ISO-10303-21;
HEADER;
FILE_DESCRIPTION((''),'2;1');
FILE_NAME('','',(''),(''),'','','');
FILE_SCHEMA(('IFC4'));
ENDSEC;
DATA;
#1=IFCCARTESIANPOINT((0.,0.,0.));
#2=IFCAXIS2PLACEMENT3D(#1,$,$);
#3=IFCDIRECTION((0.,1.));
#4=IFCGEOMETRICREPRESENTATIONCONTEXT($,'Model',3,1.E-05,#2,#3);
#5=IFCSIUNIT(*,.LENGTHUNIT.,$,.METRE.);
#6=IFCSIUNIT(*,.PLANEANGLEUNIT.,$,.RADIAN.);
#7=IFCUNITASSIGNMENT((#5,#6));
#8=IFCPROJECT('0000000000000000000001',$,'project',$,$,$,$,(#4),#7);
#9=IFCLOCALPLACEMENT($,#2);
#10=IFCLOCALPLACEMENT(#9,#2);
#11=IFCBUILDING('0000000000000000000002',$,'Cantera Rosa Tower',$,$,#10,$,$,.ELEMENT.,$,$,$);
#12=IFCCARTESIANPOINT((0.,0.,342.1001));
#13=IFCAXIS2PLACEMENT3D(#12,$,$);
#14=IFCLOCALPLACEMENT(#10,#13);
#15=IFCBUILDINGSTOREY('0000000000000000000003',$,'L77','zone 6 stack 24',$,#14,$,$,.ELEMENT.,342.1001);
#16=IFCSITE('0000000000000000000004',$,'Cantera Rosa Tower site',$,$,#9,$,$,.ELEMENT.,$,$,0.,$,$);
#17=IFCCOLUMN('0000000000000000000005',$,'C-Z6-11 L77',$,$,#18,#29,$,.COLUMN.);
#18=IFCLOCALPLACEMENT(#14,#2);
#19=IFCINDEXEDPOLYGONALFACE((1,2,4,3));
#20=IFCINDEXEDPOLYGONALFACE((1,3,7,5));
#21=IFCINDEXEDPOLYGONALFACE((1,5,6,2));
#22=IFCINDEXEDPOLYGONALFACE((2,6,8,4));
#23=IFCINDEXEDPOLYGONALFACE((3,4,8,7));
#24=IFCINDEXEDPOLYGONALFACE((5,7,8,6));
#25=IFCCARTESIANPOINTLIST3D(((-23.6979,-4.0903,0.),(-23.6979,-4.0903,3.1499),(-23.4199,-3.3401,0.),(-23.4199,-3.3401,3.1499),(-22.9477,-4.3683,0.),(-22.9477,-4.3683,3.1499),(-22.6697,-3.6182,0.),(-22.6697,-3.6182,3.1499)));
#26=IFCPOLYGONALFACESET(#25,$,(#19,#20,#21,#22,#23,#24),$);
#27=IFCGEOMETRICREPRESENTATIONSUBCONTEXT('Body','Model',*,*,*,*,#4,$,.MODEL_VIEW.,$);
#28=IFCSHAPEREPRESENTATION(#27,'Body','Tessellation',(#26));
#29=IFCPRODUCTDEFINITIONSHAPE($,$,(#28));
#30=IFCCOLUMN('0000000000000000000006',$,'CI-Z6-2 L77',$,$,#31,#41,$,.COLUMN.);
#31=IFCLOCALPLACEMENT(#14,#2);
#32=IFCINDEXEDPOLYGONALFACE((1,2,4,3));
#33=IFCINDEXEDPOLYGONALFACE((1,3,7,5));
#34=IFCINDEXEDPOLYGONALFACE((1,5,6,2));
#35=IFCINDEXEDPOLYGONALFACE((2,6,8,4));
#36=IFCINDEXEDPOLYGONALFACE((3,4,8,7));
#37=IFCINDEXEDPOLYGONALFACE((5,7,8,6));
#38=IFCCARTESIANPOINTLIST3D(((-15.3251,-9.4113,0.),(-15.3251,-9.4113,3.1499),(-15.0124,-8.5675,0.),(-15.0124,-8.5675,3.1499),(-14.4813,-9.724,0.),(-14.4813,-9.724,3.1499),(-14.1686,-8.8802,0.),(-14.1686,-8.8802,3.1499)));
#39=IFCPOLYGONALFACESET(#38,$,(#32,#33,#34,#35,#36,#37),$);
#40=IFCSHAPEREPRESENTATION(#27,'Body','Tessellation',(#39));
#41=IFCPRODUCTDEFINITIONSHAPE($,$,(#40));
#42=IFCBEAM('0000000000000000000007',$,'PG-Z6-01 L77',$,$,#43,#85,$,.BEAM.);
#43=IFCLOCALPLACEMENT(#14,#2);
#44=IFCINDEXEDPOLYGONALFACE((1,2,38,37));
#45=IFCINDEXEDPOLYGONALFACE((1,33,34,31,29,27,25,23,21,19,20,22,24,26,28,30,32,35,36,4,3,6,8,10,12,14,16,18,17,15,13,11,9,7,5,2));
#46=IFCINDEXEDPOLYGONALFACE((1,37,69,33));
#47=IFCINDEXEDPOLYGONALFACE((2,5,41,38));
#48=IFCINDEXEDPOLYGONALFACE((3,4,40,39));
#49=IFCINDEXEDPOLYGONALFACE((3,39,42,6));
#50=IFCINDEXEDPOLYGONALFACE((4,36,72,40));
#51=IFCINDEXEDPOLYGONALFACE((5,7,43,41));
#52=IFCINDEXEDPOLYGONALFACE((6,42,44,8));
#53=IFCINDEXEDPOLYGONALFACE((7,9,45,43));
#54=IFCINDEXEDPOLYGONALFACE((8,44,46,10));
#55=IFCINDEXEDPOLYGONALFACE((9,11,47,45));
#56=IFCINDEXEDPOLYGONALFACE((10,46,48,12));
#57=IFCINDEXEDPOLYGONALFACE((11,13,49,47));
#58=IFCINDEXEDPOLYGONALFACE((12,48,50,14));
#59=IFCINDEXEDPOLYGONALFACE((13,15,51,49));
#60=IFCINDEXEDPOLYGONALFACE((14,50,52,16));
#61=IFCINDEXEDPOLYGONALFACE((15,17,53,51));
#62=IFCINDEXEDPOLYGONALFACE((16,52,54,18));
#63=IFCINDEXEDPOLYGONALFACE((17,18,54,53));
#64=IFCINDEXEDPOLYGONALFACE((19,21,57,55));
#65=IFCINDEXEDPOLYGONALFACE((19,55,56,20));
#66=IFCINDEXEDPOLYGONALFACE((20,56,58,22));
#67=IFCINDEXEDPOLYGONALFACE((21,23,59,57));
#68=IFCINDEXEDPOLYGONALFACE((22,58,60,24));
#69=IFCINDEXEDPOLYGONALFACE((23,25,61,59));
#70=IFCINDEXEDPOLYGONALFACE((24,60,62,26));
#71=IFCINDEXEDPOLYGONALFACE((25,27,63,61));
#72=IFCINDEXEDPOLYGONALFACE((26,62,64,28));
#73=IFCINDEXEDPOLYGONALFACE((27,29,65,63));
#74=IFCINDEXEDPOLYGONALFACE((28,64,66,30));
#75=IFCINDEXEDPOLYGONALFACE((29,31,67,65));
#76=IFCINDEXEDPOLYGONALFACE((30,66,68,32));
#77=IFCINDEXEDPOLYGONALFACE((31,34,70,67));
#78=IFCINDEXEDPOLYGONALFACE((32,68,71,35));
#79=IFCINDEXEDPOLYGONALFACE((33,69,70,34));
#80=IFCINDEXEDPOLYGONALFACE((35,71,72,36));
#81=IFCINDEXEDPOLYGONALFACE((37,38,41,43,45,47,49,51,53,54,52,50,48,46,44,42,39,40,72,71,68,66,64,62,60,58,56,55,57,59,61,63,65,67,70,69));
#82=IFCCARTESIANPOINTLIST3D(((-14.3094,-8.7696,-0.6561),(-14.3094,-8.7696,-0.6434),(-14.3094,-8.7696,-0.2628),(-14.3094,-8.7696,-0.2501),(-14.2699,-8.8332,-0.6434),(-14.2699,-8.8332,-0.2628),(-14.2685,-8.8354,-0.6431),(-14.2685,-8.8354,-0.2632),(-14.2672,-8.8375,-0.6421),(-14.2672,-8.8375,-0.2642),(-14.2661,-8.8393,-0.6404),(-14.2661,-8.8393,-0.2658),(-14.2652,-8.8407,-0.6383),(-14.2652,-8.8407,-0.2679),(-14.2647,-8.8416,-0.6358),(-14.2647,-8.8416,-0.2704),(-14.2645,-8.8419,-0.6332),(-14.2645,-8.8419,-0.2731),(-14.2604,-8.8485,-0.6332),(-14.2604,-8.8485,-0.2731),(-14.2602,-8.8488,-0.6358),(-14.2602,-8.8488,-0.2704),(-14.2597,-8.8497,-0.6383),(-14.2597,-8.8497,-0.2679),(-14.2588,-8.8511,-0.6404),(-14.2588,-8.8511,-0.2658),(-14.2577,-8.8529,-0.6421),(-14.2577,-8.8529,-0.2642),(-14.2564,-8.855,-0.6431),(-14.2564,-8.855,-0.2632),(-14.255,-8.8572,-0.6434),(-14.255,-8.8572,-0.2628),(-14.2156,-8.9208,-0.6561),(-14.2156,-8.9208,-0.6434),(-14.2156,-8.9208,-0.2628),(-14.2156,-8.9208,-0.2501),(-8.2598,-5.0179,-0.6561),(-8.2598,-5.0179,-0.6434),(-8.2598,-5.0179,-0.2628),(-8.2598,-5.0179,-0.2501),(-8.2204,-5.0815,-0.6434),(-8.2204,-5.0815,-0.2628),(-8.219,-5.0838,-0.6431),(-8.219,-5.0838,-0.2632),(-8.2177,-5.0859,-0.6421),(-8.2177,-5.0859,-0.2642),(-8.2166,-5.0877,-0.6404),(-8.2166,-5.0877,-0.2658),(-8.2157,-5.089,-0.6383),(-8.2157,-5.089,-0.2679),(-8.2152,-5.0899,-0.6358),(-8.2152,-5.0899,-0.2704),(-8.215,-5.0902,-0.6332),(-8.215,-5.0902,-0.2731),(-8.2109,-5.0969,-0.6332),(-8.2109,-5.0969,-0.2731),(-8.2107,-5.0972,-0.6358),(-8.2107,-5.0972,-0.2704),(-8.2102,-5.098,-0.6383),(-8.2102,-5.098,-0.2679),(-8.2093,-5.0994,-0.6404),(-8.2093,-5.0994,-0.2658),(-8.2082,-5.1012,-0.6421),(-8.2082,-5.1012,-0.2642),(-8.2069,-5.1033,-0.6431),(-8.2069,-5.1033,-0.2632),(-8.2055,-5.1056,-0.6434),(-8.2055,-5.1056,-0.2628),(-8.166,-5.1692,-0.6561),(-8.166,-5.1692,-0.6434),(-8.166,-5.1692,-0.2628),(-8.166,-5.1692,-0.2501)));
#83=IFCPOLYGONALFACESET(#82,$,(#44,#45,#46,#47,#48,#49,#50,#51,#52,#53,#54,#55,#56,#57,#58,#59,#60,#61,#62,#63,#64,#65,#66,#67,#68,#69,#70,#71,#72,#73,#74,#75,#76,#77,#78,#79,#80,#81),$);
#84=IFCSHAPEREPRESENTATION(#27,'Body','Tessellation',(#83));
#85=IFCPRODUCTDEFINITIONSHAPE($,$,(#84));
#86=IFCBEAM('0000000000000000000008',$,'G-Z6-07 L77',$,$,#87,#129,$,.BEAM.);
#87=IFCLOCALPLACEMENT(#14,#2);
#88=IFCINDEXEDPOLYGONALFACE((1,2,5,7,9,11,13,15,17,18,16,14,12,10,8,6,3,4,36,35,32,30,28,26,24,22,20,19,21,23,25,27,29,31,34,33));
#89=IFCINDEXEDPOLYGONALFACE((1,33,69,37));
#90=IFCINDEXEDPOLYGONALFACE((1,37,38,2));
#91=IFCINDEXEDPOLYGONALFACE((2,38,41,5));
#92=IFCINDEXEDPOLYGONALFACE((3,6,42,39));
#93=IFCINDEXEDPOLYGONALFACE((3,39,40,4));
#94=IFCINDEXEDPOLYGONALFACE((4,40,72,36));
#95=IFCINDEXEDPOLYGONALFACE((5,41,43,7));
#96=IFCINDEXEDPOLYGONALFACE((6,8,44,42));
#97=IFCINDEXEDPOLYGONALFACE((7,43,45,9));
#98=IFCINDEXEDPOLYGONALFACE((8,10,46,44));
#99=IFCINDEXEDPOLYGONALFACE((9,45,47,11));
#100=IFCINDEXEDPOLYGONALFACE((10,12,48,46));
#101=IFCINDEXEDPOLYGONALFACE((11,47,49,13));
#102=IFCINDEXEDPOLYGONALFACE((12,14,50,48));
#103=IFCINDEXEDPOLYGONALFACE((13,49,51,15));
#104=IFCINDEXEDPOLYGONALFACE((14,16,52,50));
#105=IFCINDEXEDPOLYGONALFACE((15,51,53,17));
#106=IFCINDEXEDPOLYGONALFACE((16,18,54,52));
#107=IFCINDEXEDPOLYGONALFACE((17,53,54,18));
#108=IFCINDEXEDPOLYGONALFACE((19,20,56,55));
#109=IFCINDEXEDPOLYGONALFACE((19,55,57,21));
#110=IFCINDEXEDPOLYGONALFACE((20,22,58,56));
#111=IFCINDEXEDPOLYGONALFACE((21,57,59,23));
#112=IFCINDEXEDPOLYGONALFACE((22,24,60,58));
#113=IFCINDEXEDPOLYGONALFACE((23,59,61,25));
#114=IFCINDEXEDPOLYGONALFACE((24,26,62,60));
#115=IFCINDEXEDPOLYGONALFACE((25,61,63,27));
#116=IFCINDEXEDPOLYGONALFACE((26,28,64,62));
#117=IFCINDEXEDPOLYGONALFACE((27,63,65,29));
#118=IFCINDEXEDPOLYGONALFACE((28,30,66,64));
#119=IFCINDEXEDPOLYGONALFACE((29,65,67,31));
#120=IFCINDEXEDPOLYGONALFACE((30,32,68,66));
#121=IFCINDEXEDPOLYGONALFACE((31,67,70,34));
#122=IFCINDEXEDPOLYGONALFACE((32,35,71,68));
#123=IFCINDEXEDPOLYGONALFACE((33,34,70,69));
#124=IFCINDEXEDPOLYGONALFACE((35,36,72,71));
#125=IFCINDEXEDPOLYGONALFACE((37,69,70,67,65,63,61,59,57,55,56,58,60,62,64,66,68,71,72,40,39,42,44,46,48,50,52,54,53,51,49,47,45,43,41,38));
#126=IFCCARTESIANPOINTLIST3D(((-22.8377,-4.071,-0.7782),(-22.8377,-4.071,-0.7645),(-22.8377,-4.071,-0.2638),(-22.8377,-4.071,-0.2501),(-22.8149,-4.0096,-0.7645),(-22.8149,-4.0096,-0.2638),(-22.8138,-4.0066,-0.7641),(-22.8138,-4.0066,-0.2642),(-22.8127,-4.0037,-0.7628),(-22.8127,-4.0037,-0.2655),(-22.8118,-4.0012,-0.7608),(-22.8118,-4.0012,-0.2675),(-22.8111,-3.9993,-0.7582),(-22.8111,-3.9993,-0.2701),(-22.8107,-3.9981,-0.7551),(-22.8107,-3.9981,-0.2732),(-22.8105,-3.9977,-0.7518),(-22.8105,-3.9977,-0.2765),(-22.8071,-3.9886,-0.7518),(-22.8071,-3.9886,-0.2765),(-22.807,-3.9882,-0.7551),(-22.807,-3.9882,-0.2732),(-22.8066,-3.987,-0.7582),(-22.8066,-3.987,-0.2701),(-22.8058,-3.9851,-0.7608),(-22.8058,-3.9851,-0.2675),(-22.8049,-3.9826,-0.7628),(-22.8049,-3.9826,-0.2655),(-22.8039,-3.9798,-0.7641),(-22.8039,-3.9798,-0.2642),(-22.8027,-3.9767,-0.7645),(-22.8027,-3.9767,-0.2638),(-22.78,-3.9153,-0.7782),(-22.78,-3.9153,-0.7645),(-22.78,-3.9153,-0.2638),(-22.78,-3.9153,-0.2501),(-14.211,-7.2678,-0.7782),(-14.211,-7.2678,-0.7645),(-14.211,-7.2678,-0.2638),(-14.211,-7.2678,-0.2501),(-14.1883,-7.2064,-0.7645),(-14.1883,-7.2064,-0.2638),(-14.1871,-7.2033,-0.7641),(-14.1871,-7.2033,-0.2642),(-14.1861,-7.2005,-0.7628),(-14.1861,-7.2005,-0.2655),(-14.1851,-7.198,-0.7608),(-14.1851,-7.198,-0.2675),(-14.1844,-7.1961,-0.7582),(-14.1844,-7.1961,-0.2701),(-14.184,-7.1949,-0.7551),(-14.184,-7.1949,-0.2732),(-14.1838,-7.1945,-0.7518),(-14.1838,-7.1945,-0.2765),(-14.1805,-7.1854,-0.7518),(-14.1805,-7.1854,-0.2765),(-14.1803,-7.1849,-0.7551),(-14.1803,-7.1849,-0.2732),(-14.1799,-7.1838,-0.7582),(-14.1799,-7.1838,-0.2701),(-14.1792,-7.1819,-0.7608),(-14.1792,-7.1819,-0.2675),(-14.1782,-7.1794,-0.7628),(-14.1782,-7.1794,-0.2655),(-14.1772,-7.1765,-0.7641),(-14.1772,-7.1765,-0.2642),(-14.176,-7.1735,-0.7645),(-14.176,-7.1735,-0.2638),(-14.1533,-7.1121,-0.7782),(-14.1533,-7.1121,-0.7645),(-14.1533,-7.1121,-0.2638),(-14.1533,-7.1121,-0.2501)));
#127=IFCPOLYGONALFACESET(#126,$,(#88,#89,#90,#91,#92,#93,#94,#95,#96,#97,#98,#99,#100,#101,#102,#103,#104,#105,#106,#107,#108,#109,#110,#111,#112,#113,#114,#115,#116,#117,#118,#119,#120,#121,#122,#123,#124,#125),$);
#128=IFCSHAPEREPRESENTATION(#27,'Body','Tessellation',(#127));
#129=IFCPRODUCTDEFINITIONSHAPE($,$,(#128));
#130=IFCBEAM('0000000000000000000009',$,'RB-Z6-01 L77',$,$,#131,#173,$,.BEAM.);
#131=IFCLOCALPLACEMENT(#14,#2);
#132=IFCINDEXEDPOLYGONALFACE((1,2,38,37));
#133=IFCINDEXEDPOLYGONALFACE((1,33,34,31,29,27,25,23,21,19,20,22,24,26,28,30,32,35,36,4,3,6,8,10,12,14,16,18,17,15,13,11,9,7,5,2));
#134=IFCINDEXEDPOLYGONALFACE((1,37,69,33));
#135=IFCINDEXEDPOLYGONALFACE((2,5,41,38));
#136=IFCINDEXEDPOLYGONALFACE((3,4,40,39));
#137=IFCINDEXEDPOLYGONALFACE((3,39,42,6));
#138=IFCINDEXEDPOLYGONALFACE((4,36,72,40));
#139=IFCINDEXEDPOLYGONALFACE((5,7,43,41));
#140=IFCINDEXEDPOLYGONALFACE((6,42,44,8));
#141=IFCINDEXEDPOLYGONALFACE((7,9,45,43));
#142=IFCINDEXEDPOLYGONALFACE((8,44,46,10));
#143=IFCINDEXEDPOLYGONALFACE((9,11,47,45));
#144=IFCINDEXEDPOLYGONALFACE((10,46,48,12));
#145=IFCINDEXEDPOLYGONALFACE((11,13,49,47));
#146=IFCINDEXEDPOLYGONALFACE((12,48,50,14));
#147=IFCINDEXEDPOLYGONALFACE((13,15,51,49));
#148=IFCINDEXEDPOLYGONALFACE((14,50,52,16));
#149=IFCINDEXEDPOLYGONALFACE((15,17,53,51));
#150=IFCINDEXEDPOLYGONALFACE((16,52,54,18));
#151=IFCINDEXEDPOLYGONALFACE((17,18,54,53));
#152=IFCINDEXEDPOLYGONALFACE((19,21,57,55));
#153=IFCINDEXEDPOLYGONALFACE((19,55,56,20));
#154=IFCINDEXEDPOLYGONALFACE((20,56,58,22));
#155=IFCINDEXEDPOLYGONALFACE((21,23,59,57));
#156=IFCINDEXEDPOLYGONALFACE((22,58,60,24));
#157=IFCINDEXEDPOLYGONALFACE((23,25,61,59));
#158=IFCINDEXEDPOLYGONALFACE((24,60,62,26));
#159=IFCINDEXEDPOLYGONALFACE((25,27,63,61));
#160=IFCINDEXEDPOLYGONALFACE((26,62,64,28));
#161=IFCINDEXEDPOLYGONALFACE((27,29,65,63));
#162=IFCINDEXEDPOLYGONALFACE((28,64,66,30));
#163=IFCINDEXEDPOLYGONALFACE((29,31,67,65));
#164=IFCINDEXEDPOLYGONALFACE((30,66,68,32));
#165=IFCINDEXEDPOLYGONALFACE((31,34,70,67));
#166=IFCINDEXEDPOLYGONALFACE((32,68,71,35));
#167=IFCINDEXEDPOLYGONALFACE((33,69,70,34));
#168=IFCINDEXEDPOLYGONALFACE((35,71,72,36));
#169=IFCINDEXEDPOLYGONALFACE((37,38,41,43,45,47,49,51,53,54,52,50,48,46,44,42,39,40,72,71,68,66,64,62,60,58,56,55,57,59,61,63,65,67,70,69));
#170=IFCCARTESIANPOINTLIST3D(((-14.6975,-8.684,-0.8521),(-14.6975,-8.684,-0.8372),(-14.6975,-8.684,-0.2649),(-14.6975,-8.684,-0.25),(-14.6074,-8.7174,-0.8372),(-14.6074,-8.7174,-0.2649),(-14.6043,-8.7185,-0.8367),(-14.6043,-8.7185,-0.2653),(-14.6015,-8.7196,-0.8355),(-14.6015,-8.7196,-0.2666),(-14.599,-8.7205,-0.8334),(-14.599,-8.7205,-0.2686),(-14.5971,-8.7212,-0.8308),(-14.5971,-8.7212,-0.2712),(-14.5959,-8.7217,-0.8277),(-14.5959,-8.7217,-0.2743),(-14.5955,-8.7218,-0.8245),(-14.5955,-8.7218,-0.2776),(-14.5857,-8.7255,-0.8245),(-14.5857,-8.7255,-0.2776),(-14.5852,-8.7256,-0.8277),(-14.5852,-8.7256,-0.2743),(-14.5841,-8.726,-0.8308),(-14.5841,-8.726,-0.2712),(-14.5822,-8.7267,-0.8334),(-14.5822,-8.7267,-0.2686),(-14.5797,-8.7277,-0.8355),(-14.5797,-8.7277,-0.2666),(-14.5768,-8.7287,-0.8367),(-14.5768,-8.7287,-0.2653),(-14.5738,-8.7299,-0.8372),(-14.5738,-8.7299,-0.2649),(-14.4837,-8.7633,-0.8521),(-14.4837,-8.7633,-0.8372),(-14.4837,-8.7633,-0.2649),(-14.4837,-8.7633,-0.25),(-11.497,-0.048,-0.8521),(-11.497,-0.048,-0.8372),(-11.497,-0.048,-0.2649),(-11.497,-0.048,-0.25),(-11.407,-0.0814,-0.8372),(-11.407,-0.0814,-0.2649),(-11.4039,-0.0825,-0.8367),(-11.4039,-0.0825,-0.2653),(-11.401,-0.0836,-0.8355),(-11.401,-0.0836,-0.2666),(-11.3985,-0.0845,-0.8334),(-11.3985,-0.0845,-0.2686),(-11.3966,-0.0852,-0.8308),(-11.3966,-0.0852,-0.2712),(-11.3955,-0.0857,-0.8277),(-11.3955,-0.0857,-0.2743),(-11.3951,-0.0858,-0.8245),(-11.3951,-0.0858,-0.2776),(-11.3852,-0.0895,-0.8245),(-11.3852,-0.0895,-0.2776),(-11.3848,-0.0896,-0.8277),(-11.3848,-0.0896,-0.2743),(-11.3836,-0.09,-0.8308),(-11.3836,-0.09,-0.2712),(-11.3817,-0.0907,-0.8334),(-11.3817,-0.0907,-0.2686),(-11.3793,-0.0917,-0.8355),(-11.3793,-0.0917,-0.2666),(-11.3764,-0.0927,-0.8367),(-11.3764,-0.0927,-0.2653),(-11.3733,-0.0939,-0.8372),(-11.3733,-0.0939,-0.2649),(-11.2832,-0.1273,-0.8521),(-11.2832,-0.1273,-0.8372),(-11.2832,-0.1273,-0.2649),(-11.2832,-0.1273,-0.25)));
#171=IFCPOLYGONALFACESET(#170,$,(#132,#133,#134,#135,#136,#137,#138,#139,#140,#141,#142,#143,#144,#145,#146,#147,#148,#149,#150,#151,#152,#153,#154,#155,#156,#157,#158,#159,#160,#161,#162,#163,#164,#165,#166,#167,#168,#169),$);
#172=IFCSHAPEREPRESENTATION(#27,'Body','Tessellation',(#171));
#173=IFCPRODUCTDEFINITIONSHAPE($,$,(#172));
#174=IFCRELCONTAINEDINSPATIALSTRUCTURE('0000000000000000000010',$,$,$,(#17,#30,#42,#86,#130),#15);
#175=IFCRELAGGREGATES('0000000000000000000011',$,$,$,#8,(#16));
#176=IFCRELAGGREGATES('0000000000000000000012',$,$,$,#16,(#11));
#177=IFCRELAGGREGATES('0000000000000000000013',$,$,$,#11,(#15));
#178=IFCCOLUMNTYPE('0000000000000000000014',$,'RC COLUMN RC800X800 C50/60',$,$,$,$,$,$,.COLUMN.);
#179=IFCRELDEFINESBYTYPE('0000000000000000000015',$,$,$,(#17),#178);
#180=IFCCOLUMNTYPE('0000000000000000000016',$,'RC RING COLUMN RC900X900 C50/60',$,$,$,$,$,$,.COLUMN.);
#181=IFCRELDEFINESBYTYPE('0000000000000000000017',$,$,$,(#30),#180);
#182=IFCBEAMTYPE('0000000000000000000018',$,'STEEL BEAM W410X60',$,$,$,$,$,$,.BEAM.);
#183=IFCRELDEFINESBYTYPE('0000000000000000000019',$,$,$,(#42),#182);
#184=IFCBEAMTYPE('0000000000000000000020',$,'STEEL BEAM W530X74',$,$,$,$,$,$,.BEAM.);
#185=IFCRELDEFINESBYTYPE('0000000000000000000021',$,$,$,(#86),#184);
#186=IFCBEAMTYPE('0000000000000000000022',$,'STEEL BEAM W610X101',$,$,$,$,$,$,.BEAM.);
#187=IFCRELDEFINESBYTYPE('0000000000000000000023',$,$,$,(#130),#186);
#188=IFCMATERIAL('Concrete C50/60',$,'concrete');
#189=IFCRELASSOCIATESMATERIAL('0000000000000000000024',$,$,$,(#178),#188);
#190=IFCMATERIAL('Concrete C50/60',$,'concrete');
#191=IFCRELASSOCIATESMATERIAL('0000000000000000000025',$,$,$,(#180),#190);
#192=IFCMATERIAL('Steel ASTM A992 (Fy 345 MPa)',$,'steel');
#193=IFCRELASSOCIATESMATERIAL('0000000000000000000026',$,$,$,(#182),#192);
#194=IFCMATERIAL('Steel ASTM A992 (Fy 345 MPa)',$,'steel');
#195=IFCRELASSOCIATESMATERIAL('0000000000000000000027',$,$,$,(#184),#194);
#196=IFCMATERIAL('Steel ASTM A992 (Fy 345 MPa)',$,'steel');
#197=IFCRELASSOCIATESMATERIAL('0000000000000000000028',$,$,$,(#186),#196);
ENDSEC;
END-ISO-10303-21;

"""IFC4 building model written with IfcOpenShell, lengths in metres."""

from ifc_helpers import new_model, si_unit, direction, frame, origin, origin_2d, place, context, subcontext, project, spatial, rectangle, i_section, extrude, material, material_profile, profile_set, type_object, element, save


model = new_model("IFC4")

# Units and contexts
model_context = context("Model", 3, precision=1e-05, world=origin(), true_north=direction((0.0, 1.0)))
body_context = subcontext(model_context, "Body", "Model", "MODEL_VIEW")
ifc_project = project(units=[si_unit("LENGTHUNIT", "METRE"), si_unit("PLANEANGLEUNIT", "RADIAN")], contexts=[model_context])

# Site, building, storey
site_placement = place(None, origin())
site = spatial("IfcSite", under=ifc_project, at=site_placement, Name="Cantera Rosa Tower site", CompositionType="ELEMENT", RefElevation=0.0)
building_placement = place(site_placement, origin())
building = spatial("IfcBuilding", under=site, at=building_placement, Name="Cantera Rosa Tower", CompositionType="ELEMENT")
storey_placement = place(building_placement, frame((0.0, 0.0, 342.1001)))
storey = spatial("IfcBuildingStorey", under=building, at=storey_placement, Name="L77", Description="zone 6 stack 24", CompositionType="ELEMENT", Elevation=342.1001)

# Columns
ifc_material_1 = material(Name="Concrete C50/60", Category="concrete")
ifc_material_profile_1 = material_profile(ifc_material_1, rectangle(XDim=0.8, YDim=0.8, at=origin_2d()), Name="RC COLUMN RC800X800 C50/60")
ifc_profile_set_1 = profile_set([ifc_material_profile_1], Name="Concrete C50/60")
column_type_1 = type_object("IfcColumnType", Name="RC COLUMN RC800X800 C50/60", PredefinedType="COLUMN", material=ifc_profile_set_1)
column_1_placement = place(storey_placement, frame((-23.1838, -3.8542, 0.0), z_axis=(0.0, 0.0, 1.0), x_axis=(0.347481, 0.937687, 0.0)))
element("IfcColumn", 1, at=column_1_placement, inside=storey, type_object=column_type_1, Name="C-Z6-11 L77", PredefinedType="COLUMN", context=body_context, shape_type="SweptSolid", body=[
    extrude(rectangle(XDim=0.8, YDim=0.8, at=origin_2d()), origin(), (0.0, 0.0, 1.0), 3.1499),
])
ifc_material_2 = material(Name="Concrete C50/60", Category="concrete")
ifc_material_profile_2 = material_profile(ifc_material_2, rectangle(XDim=0.8999, YDim=0.8999, at=origin_2d()), Name="RC RING COLUMN RC900X900 C50/60")
ifc_profile_set_2 = profile_set([ifc_material_profile_2], Name="Concrete C50/60")
column_type_2 = type_object("IfcColumnType", Name="RC RING COLUMN RC900X900 C50/60", PredefinedType="COLUMN", material=ifc_profile_set_2)
column_2_placement = place(storey_placement, frame((-14.7468, -9.1458, 0.0), z_axis=(0.0, 0.0, 1.0), x_axis=(0.347481, 0.937687, 0.0)))
element("IfcColumn", 2, at=column_2_placement, inside=storey, type_object=column_type_2, Name="CI-Z6-2 L77", PredefinedType="COLUMN", context=body_context, shape_type="SweptSolid", body=[
    extrude(rectangle(XDim=0.8999, YDim=0.8999, at=origin_2d()), origin(), (0.0, 0.0, 1.0), 3.1499),
])

# Beams
ifc_material_3 = material(Name="Steel ASTM A992 (Fy 345 MPa)", Category="steel")
ifc_material_profile_3 = material_profile(ifc_material_3, i_section(OverallWidth=0.178, OverallDepth=0.406, WebThickness=0.0078, FlangeThickness=0.0127, FilletRadius=0.0103, at=origin_2d()), Name="W410X60")
ifc_profile_set_3 = profile_set([ifc_material_profile_3], Name="Steel ASTM A992 (Fy 345 MPa)")
beam_type_1 = type_object("IfcBeamType", Name="STEEL BEAM W410X60", PredefinedType="BEAM", material=ifc_profile_set_3)
beam_1_placement = place(storey_placement, frame((-14.2625, -8.8452, -0.4531), z_axis=(0.849841, 0.527039, 0.0), x_axis=(-0.527039, 0.849841, 0.0)))
element("IfcBeam", 3, at=beam_1_placement, inside=storey, type_object=beam_type_1, Name="PG-Z6-01 L77", PredefinedType="BEAM", context=body_context, shape_type="SweptSolid", body=[
    extrude(i_section(OverallWidth=0.178, OverallDepth=0.406, WebThickness=0.0078, FlangeThickness=0.0127, FilletRadius=0.0103, at=origin_2d()), origin(), (0.0, 0.0, 1.0), 7.1184),
])
ifc_material_4 = material(Name="Steel ASTM A992 (Fy 345 MPa)", Category="steel")
ifc_material_profile_4 = material_profile(ifc_material_4, i_section(OverallWidth=0.166, OverallDepth=0.5281, WebThickness=0.0098, FlangeThickness=0.0137, FilletRadius=0.0127, at=origin_2d()), Name="W530X74")
ifc_profile_set_4 = profile_set([ifc_material_profile_4], Name="Steel ASTM A992 (Fy 345 MPa)")
beam_type_2 = type_object("IfcBeamType", Name="STEEL BEAM W530X74", PredefinedType="BEAM", material=ifc_profile_set_4)
beam_2_placement = place(storey_placement, frame((-22.8088, -3.9932, -0.5142), z_axis=(0.937689, -0.347477, 0.0), x_axis=(0.347477, 0.937689, 0.0)))
element("IfcBeam", 4, at=beam_2_placement, inside=storey, type_object=beam_type_2, Name="G-Z6-07 L77", PredefinedType="BEAM", context=body_context, shape_type="SweptSolid", body=[
    extrude(i_section(OverallWidth=0.166, OverallDepth=0.5281, WebThickness=0.0098, FlangeThickness=0.0137, FilletRadius=0.0127, at=origin_2d()), origin(), (0.0, 0.0, 1.0), 9.2),
])
ifc_material_5 = material(Name="Steel ASTM A992 (Fy 345 MPa)", Category="steel")
ifc_material_profile_5 = material_profile(ifc_material_5, i_section(OverallWidth=0.228, OverallDepth=0.6021, WebThickness=0.0105, FlangeThickness=0.0149, FilletRadius=0.0127, at=origin_2d()), Name="W610X101")
ifc_profile_set_5 = profile_set([ifc_material_profile_5], Name="Steel ASTM A992 (Fy 345 MPa)")
beam_type_3 = type_object("IfcBeamType", Name="STEEL BEAM W610X101", PredefinedType="BEAM", material=ifc_profile_set_5)
beam_3_placement = place(storey_placement, frame((-14.5906, -8.7236, -0.551), z_axis=(0.347498, 0.937681, 0.0), x_axis=(-0.937681, 0.347498, 0.0)))
element("IfcBeam", 5, at=beam_3_placement, inside=storey, type_object=beam_type_3, Name="RB-Z6-01 L77", PredefinedType="BEAM", context=body_context, shape_type="SweptSolid", body=[
    extrude(i_section(OverallWidth=0.228, OverallDepth=0.6021, WebThickness=0.0105, FlangeThickness=0.0149, FilletRadius=0.0127, at=origin_2d()), origin(), (0.0, 0.0, 1.0), 9.21),
])

save(model, "model.ifc")
